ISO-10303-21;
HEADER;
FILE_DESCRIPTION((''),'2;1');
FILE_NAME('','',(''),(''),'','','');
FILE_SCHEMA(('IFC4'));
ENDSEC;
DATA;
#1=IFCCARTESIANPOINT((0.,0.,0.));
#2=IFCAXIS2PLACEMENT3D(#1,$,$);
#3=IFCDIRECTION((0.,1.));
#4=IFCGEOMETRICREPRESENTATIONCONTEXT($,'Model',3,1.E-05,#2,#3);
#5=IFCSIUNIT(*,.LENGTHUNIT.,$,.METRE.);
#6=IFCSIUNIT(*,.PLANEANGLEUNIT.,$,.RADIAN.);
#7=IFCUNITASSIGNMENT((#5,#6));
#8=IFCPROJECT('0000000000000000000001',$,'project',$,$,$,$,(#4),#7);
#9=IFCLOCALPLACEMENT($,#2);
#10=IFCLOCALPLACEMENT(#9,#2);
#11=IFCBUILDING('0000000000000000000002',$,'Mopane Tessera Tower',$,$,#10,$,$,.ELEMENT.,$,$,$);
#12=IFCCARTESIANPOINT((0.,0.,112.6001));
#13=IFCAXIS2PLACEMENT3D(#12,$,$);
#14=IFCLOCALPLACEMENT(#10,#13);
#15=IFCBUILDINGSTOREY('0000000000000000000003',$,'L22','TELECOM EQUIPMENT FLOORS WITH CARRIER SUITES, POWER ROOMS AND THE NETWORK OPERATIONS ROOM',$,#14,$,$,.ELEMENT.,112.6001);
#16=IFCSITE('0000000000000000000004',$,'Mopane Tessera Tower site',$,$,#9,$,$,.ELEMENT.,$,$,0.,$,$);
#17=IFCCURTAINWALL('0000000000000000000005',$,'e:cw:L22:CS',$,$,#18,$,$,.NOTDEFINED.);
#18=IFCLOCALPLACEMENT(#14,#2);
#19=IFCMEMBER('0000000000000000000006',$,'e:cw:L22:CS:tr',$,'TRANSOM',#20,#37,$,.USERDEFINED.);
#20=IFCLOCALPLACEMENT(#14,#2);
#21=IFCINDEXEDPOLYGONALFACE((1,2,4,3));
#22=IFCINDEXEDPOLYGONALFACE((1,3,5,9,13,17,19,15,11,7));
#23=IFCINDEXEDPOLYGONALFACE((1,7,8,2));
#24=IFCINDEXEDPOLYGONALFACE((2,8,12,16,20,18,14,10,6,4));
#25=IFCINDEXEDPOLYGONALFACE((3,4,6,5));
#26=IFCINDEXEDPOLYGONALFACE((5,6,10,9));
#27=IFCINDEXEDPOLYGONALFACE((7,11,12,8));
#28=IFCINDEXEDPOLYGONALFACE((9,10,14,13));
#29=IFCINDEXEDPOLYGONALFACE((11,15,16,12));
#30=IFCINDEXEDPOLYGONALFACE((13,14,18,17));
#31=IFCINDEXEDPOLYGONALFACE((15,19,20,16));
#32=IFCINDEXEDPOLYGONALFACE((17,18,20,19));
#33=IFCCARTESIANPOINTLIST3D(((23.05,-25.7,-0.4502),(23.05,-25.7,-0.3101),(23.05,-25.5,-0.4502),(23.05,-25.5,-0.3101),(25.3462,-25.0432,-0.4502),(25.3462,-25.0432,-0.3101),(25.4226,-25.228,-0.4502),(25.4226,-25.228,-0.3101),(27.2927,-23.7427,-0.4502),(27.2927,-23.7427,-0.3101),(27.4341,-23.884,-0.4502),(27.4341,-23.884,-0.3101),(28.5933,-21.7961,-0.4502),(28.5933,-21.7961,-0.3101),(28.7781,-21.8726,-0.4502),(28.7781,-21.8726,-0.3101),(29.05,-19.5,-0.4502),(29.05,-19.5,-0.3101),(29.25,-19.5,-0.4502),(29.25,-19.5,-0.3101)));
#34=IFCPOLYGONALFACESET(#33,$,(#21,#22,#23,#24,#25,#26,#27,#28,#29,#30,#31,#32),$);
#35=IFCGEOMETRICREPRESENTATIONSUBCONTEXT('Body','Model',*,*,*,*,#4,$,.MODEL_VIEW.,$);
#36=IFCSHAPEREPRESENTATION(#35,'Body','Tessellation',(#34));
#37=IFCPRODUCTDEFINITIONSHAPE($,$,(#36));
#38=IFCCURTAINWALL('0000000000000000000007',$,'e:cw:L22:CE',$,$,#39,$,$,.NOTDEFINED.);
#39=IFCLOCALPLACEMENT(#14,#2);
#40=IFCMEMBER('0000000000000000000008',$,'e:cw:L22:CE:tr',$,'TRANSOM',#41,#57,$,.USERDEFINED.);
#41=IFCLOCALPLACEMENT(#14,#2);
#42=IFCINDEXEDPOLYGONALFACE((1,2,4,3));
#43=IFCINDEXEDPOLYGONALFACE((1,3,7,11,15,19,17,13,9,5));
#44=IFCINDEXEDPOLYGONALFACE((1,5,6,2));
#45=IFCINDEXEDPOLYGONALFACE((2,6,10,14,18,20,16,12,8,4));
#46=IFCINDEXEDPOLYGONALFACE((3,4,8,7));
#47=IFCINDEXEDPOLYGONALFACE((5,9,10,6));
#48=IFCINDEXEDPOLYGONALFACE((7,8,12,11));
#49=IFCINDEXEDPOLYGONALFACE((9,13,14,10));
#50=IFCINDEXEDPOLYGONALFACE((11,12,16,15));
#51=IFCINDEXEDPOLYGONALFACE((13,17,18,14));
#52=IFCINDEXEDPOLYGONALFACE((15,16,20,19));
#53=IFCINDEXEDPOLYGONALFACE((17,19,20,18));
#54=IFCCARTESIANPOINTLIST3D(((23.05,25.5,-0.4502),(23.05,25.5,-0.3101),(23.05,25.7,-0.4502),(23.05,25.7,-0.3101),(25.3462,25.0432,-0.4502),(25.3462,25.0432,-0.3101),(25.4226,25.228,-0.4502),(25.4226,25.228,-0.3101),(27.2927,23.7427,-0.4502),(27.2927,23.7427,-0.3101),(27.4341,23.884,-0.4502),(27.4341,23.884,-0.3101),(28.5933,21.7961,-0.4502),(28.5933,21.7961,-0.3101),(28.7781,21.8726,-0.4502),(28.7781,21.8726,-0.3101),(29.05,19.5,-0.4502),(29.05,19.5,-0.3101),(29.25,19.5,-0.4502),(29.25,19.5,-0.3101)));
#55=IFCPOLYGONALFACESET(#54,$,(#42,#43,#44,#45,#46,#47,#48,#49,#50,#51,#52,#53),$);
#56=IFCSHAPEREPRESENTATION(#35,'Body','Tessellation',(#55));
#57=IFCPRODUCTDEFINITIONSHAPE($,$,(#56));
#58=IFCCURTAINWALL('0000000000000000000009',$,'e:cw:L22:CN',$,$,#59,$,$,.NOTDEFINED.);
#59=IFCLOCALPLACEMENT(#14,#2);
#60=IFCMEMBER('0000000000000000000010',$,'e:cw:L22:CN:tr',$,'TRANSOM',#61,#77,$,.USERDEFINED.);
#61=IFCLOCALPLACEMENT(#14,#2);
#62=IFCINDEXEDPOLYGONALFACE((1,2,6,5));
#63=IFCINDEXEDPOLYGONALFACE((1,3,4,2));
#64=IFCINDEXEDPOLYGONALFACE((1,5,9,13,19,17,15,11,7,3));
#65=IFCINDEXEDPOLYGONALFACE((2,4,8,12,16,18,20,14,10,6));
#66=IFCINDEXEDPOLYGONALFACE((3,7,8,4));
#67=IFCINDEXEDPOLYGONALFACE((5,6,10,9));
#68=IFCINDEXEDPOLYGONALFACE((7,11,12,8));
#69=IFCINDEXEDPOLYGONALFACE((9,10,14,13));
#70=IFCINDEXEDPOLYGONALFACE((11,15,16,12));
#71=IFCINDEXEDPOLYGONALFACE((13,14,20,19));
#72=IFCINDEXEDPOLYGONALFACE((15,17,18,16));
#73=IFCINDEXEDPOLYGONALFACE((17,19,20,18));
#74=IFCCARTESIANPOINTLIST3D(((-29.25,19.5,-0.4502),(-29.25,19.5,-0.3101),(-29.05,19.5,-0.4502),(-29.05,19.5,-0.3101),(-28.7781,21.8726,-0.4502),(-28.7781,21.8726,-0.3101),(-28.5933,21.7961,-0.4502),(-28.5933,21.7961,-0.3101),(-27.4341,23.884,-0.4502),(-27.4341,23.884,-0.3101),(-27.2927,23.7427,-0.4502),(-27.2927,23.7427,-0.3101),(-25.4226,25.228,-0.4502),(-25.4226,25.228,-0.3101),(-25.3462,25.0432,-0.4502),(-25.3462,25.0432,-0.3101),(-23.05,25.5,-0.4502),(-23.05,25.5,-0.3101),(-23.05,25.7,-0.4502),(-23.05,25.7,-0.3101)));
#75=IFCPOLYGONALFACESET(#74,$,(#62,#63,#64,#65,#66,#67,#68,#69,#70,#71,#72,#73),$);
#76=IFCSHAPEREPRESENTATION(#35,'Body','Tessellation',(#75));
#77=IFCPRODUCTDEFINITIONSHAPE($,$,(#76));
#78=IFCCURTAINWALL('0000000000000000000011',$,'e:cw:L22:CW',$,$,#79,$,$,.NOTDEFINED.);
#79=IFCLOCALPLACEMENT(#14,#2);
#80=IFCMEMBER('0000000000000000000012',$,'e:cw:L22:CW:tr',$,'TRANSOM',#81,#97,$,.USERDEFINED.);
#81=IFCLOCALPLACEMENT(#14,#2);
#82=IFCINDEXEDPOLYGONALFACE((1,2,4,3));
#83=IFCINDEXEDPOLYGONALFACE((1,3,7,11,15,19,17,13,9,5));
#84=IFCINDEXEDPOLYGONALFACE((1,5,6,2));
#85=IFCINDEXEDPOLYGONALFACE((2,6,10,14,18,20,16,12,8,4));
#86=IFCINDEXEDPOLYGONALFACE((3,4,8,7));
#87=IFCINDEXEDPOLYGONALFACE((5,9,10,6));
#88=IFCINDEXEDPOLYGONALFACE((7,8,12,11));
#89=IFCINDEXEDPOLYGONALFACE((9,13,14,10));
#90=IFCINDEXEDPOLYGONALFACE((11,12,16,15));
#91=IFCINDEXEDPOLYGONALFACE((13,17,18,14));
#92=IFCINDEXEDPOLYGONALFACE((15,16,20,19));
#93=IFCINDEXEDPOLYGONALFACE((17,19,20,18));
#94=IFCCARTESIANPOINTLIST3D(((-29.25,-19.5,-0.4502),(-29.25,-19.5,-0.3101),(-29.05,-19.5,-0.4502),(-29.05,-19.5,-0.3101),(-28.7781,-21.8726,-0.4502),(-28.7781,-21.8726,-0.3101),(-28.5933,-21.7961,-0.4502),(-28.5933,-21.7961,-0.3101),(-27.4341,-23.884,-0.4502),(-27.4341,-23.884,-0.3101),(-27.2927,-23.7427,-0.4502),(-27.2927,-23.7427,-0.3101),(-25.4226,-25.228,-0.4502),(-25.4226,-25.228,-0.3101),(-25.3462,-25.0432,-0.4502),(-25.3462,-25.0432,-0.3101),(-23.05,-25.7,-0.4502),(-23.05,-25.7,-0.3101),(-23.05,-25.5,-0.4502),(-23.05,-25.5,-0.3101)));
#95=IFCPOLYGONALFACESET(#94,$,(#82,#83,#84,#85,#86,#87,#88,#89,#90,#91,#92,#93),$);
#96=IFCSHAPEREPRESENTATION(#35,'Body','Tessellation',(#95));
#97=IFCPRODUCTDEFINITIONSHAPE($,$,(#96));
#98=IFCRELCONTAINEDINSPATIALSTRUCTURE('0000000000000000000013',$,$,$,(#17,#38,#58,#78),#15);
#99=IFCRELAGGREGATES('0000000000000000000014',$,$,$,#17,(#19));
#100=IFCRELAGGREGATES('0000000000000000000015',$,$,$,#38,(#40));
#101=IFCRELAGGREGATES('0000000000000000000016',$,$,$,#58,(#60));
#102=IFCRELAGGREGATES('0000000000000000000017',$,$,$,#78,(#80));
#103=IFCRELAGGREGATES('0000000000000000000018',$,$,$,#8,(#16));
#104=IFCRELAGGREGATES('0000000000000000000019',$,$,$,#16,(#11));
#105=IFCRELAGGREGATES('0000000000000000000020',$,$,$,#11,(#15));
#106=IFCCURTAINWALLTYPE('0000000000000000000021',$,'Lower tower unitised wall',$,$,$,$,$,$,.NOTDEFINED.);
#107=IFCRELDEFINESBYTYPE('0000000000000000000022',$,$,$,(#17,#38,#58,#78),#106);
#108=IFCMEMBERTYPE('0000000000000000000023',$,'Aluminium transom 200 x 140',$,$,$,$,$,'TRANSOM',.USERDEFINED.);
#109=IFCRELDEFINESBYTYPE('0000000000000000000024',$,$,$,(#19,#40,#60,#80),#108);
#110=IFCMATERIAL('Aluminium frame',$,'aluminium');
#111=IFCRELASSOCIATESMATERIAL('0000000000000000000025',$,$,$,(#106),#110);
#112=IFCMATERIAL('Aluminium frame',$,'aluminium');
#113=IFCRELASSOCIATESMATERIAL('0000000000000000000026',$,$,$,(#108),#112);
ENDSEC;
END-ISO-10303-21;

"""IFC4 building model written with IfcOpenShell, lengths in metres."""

from ifc_helpers import new_model, si_unit, direction, frame, origin, origin_2d, place, context, subcontext, project, spatial, polyline, rectangle, outline, extrude, material, material_profile, profile_set, type_object, element, aggregate, save


model = new_model("IFC4")

# Units and contexts
model_context = context("Model", 3, precision=1e-05, world=origin(), true_north=direction((0.0, 1.0)))
body_context = subcontext(model_context, "Body", "Model", "MODEL_VIEW")
ifc_project = project(units=[si_unit("LENGTHUNIT", "METRE"), si_unit("PLANEANGLEUNIT", "RADIAN")], contexts=[model_context])

# Site, building, storey
site_placement = place(None, origin())
site = spatial("IfcSite", under=ifc_project, at=site_placement, Name="Mopane Tessera Tower site", CompositionType="ELEMENT", RefElevation=0.0)
building_placement = place(site_placement, origin())
building = spatial("IfcBuilding", under=site, at=building_placement, Name="Mopane Tessera Tower", CompositionType="ELEMENT")
storey_placement = place(building_placement, frame((0.0, 0.0, 112.6001)))
storey = spatial("IfcBuildingStorey", under=building, at=storey_placement, Name="L22", Description="TELECOM EQUIPMENT FLOORS WITH CARRIER SUITES, POWER ROOMS AND THE NETWORK OPERATIONS ROOM", CompositionType="ELEMENT", Elevation=112.6001)

# Curtain walls, members
ifc_material_1 = material(Name="Aluminium frame", Category="aluminium")
curtain_wall_type = type_object("IfcCurtainWallType", Name="Lower tower unitised wall", PredefinedType="NOTDEFINED", material=ifc_material_1)
curtain_wall_1_placement = place(storey_placement, origin())
curtain_wall_1 = element("IfcCurtainWall", 1, at=curtain_wall_1_placement, inside=storey, type_object=curtain_wall_type, Name="e:cw:L22:CS", PredefinedType="NOTDEFINED")
ifc_material_2 = material(Name="Aluminium frame", Category="aluminium")
ifc_material_profile = material_profile(ifc_material_2, rectangle(XDim=0.2, YDim=0.1399, at=origin_2d()))
ifc_profile_set = profile_set([ifc_material_profile], Name="Aluminium frame")
member_type = type_object("IfcMemberType", Name="Aluminium transom 200 x 140", ElementType="TRANSOM", PredefinedType="USERDEFINED", material=ifc_profile_set)
member_1_placement = place(storey_placement, frame((0.0, 0.0, -0.4502)))
member_1 = element("IfcMember", 2, at=member_1_placement, type_object=member_type, Name="e:cw:L22:CS:tr", ObjectType="TRANSOM", PredefinedType="USERDEFINED", context=body_context, shape_type="SweptSolid", body=[
    extrude(outline(polyline([(23.05, -25.5), (25.3462, -25.0432), (27.2927, -23.7427), (28.5933, -21.7961), (29.05, -19.5), (29.25, -19.5), (28.7781, -21.8726), (27.4341, -23.884), (25.4226, -25.228), (23.05, -25.7), (23.05, -25.5)])), origin(), (0.0, 0.0, 1.0), 0.1401),
])
curtain_wall_2_placement = place(storey_placement, origin())
curtain_wall_2 = element("IfcCurtainWall", 3, at=curtain_wall_2_placement, inside=storey, type_object=curtain_wall_type, Name="e:cw:L22:CE", PredefinedType="NOTDEFINED")
member_2_placement = place(storey_placement, frame((0.0, 0.0, -0.4502)))
member_2 = element("IfcMember", 4, at=member_2_placement, type_object=member_type, Name="e:cw:L22:CE:tr", ObjectType="TRANSOM", PredefinedType="USERDEFINED", context=body_context, shape_type="SweptSolid", body=[
    extrude(outline(polyline([(29.05, 19.5), (28.5933, 21.7961), (27.2927, 23.7427), (25.3462, 25.0432), (23.05, 25.5), (23.05, 25.7), (25.4226, 25.228), (27.4341, 23.884), (28.7781, 21.8726), (29.25, 19.5), (29.05, 19.5)])), origin(), (0.0, 0.0, 1.0), 0.1401),
])
curtain_wall_3_placement = place(storey_placement, origin())
curtain_wall_3 = element("IfcCurtainWall", 5, at=curtain_wall_3_placement, inside=storey, type_object=curtain_wall_type, Name="e:cw:L22:CN", PredefinedType="NOTDEFINED")
member_3_placement = place(storey_placement, frame((0.0, 0.0, -0.4502)))
member_3 = element("IfcMember", 6, at=member_3_placement, type_object=member_type, Name="e:cw:L22:CN:tr", ObjectType="TRANSOM", PredefinedType="USERDEFINED", context=body_context, shape_type="SweptSolid", body=[
    extrude(outline(polyline([(-23.05, 25.5), (-25.3462, 25.0432), (-27.2927, 23.7427), (-28.5933, 21.7961), (-29.05, 19.5), (-29.25, 19.5), (-28.7781, 21.8726), (-27.4341, 23.884), (-25.4226, 25.228), (-23.05, 25.7), (-23.05, 25.5)])), origin(), (0.0, 0.0, 1.0), 0.1401),
])
curtain_wall_4_placement = place(storey_placement, origin())
curtain_wall_4 = element("IfcCurtainWall", 7, at=curtain_wall_4_placement, inside=storey, type_object=curtain_wall_type, Name="e:cw:L22:CW", PredefinedType="NOTDEFINED")
member_4_placement = place(storey_placement, frame((0.0, 0.0, -0.4502)))
member_4 = element("IfcMember", 8, at=member_4_placement, type_object=member_type, Name="e:cw:L22:CW:tr", ObjectType="TRANSOM", PredefinedType="USERDEFINED", context=body_context, shape_type="SweptSolid", body=[
    extrude(outline(polyline([(-29.05, -19.5), (-28.5933, -21.7961), (-27.2927, -23.7427), (-25.3462, -25.0432), (-23.05, -25.5), (-23.05, -25.7), (-25.4226, -25.228), (-27.4341, -23.884), (-28.7781, -21.8726), (-29.25, -19.5), (-29.05, -19.5)])), origin(), (0.0, 0.0, 1.0), 0.1401),
])

aggregate(curtain_wall_1, [member_1])
aggregate(curtain_wall_2, [member_2])
aggregate(curtain_wall_3, [member_3])
aggregate(curtain_wall_4, [member_4])

save(model, "model.ifc")
